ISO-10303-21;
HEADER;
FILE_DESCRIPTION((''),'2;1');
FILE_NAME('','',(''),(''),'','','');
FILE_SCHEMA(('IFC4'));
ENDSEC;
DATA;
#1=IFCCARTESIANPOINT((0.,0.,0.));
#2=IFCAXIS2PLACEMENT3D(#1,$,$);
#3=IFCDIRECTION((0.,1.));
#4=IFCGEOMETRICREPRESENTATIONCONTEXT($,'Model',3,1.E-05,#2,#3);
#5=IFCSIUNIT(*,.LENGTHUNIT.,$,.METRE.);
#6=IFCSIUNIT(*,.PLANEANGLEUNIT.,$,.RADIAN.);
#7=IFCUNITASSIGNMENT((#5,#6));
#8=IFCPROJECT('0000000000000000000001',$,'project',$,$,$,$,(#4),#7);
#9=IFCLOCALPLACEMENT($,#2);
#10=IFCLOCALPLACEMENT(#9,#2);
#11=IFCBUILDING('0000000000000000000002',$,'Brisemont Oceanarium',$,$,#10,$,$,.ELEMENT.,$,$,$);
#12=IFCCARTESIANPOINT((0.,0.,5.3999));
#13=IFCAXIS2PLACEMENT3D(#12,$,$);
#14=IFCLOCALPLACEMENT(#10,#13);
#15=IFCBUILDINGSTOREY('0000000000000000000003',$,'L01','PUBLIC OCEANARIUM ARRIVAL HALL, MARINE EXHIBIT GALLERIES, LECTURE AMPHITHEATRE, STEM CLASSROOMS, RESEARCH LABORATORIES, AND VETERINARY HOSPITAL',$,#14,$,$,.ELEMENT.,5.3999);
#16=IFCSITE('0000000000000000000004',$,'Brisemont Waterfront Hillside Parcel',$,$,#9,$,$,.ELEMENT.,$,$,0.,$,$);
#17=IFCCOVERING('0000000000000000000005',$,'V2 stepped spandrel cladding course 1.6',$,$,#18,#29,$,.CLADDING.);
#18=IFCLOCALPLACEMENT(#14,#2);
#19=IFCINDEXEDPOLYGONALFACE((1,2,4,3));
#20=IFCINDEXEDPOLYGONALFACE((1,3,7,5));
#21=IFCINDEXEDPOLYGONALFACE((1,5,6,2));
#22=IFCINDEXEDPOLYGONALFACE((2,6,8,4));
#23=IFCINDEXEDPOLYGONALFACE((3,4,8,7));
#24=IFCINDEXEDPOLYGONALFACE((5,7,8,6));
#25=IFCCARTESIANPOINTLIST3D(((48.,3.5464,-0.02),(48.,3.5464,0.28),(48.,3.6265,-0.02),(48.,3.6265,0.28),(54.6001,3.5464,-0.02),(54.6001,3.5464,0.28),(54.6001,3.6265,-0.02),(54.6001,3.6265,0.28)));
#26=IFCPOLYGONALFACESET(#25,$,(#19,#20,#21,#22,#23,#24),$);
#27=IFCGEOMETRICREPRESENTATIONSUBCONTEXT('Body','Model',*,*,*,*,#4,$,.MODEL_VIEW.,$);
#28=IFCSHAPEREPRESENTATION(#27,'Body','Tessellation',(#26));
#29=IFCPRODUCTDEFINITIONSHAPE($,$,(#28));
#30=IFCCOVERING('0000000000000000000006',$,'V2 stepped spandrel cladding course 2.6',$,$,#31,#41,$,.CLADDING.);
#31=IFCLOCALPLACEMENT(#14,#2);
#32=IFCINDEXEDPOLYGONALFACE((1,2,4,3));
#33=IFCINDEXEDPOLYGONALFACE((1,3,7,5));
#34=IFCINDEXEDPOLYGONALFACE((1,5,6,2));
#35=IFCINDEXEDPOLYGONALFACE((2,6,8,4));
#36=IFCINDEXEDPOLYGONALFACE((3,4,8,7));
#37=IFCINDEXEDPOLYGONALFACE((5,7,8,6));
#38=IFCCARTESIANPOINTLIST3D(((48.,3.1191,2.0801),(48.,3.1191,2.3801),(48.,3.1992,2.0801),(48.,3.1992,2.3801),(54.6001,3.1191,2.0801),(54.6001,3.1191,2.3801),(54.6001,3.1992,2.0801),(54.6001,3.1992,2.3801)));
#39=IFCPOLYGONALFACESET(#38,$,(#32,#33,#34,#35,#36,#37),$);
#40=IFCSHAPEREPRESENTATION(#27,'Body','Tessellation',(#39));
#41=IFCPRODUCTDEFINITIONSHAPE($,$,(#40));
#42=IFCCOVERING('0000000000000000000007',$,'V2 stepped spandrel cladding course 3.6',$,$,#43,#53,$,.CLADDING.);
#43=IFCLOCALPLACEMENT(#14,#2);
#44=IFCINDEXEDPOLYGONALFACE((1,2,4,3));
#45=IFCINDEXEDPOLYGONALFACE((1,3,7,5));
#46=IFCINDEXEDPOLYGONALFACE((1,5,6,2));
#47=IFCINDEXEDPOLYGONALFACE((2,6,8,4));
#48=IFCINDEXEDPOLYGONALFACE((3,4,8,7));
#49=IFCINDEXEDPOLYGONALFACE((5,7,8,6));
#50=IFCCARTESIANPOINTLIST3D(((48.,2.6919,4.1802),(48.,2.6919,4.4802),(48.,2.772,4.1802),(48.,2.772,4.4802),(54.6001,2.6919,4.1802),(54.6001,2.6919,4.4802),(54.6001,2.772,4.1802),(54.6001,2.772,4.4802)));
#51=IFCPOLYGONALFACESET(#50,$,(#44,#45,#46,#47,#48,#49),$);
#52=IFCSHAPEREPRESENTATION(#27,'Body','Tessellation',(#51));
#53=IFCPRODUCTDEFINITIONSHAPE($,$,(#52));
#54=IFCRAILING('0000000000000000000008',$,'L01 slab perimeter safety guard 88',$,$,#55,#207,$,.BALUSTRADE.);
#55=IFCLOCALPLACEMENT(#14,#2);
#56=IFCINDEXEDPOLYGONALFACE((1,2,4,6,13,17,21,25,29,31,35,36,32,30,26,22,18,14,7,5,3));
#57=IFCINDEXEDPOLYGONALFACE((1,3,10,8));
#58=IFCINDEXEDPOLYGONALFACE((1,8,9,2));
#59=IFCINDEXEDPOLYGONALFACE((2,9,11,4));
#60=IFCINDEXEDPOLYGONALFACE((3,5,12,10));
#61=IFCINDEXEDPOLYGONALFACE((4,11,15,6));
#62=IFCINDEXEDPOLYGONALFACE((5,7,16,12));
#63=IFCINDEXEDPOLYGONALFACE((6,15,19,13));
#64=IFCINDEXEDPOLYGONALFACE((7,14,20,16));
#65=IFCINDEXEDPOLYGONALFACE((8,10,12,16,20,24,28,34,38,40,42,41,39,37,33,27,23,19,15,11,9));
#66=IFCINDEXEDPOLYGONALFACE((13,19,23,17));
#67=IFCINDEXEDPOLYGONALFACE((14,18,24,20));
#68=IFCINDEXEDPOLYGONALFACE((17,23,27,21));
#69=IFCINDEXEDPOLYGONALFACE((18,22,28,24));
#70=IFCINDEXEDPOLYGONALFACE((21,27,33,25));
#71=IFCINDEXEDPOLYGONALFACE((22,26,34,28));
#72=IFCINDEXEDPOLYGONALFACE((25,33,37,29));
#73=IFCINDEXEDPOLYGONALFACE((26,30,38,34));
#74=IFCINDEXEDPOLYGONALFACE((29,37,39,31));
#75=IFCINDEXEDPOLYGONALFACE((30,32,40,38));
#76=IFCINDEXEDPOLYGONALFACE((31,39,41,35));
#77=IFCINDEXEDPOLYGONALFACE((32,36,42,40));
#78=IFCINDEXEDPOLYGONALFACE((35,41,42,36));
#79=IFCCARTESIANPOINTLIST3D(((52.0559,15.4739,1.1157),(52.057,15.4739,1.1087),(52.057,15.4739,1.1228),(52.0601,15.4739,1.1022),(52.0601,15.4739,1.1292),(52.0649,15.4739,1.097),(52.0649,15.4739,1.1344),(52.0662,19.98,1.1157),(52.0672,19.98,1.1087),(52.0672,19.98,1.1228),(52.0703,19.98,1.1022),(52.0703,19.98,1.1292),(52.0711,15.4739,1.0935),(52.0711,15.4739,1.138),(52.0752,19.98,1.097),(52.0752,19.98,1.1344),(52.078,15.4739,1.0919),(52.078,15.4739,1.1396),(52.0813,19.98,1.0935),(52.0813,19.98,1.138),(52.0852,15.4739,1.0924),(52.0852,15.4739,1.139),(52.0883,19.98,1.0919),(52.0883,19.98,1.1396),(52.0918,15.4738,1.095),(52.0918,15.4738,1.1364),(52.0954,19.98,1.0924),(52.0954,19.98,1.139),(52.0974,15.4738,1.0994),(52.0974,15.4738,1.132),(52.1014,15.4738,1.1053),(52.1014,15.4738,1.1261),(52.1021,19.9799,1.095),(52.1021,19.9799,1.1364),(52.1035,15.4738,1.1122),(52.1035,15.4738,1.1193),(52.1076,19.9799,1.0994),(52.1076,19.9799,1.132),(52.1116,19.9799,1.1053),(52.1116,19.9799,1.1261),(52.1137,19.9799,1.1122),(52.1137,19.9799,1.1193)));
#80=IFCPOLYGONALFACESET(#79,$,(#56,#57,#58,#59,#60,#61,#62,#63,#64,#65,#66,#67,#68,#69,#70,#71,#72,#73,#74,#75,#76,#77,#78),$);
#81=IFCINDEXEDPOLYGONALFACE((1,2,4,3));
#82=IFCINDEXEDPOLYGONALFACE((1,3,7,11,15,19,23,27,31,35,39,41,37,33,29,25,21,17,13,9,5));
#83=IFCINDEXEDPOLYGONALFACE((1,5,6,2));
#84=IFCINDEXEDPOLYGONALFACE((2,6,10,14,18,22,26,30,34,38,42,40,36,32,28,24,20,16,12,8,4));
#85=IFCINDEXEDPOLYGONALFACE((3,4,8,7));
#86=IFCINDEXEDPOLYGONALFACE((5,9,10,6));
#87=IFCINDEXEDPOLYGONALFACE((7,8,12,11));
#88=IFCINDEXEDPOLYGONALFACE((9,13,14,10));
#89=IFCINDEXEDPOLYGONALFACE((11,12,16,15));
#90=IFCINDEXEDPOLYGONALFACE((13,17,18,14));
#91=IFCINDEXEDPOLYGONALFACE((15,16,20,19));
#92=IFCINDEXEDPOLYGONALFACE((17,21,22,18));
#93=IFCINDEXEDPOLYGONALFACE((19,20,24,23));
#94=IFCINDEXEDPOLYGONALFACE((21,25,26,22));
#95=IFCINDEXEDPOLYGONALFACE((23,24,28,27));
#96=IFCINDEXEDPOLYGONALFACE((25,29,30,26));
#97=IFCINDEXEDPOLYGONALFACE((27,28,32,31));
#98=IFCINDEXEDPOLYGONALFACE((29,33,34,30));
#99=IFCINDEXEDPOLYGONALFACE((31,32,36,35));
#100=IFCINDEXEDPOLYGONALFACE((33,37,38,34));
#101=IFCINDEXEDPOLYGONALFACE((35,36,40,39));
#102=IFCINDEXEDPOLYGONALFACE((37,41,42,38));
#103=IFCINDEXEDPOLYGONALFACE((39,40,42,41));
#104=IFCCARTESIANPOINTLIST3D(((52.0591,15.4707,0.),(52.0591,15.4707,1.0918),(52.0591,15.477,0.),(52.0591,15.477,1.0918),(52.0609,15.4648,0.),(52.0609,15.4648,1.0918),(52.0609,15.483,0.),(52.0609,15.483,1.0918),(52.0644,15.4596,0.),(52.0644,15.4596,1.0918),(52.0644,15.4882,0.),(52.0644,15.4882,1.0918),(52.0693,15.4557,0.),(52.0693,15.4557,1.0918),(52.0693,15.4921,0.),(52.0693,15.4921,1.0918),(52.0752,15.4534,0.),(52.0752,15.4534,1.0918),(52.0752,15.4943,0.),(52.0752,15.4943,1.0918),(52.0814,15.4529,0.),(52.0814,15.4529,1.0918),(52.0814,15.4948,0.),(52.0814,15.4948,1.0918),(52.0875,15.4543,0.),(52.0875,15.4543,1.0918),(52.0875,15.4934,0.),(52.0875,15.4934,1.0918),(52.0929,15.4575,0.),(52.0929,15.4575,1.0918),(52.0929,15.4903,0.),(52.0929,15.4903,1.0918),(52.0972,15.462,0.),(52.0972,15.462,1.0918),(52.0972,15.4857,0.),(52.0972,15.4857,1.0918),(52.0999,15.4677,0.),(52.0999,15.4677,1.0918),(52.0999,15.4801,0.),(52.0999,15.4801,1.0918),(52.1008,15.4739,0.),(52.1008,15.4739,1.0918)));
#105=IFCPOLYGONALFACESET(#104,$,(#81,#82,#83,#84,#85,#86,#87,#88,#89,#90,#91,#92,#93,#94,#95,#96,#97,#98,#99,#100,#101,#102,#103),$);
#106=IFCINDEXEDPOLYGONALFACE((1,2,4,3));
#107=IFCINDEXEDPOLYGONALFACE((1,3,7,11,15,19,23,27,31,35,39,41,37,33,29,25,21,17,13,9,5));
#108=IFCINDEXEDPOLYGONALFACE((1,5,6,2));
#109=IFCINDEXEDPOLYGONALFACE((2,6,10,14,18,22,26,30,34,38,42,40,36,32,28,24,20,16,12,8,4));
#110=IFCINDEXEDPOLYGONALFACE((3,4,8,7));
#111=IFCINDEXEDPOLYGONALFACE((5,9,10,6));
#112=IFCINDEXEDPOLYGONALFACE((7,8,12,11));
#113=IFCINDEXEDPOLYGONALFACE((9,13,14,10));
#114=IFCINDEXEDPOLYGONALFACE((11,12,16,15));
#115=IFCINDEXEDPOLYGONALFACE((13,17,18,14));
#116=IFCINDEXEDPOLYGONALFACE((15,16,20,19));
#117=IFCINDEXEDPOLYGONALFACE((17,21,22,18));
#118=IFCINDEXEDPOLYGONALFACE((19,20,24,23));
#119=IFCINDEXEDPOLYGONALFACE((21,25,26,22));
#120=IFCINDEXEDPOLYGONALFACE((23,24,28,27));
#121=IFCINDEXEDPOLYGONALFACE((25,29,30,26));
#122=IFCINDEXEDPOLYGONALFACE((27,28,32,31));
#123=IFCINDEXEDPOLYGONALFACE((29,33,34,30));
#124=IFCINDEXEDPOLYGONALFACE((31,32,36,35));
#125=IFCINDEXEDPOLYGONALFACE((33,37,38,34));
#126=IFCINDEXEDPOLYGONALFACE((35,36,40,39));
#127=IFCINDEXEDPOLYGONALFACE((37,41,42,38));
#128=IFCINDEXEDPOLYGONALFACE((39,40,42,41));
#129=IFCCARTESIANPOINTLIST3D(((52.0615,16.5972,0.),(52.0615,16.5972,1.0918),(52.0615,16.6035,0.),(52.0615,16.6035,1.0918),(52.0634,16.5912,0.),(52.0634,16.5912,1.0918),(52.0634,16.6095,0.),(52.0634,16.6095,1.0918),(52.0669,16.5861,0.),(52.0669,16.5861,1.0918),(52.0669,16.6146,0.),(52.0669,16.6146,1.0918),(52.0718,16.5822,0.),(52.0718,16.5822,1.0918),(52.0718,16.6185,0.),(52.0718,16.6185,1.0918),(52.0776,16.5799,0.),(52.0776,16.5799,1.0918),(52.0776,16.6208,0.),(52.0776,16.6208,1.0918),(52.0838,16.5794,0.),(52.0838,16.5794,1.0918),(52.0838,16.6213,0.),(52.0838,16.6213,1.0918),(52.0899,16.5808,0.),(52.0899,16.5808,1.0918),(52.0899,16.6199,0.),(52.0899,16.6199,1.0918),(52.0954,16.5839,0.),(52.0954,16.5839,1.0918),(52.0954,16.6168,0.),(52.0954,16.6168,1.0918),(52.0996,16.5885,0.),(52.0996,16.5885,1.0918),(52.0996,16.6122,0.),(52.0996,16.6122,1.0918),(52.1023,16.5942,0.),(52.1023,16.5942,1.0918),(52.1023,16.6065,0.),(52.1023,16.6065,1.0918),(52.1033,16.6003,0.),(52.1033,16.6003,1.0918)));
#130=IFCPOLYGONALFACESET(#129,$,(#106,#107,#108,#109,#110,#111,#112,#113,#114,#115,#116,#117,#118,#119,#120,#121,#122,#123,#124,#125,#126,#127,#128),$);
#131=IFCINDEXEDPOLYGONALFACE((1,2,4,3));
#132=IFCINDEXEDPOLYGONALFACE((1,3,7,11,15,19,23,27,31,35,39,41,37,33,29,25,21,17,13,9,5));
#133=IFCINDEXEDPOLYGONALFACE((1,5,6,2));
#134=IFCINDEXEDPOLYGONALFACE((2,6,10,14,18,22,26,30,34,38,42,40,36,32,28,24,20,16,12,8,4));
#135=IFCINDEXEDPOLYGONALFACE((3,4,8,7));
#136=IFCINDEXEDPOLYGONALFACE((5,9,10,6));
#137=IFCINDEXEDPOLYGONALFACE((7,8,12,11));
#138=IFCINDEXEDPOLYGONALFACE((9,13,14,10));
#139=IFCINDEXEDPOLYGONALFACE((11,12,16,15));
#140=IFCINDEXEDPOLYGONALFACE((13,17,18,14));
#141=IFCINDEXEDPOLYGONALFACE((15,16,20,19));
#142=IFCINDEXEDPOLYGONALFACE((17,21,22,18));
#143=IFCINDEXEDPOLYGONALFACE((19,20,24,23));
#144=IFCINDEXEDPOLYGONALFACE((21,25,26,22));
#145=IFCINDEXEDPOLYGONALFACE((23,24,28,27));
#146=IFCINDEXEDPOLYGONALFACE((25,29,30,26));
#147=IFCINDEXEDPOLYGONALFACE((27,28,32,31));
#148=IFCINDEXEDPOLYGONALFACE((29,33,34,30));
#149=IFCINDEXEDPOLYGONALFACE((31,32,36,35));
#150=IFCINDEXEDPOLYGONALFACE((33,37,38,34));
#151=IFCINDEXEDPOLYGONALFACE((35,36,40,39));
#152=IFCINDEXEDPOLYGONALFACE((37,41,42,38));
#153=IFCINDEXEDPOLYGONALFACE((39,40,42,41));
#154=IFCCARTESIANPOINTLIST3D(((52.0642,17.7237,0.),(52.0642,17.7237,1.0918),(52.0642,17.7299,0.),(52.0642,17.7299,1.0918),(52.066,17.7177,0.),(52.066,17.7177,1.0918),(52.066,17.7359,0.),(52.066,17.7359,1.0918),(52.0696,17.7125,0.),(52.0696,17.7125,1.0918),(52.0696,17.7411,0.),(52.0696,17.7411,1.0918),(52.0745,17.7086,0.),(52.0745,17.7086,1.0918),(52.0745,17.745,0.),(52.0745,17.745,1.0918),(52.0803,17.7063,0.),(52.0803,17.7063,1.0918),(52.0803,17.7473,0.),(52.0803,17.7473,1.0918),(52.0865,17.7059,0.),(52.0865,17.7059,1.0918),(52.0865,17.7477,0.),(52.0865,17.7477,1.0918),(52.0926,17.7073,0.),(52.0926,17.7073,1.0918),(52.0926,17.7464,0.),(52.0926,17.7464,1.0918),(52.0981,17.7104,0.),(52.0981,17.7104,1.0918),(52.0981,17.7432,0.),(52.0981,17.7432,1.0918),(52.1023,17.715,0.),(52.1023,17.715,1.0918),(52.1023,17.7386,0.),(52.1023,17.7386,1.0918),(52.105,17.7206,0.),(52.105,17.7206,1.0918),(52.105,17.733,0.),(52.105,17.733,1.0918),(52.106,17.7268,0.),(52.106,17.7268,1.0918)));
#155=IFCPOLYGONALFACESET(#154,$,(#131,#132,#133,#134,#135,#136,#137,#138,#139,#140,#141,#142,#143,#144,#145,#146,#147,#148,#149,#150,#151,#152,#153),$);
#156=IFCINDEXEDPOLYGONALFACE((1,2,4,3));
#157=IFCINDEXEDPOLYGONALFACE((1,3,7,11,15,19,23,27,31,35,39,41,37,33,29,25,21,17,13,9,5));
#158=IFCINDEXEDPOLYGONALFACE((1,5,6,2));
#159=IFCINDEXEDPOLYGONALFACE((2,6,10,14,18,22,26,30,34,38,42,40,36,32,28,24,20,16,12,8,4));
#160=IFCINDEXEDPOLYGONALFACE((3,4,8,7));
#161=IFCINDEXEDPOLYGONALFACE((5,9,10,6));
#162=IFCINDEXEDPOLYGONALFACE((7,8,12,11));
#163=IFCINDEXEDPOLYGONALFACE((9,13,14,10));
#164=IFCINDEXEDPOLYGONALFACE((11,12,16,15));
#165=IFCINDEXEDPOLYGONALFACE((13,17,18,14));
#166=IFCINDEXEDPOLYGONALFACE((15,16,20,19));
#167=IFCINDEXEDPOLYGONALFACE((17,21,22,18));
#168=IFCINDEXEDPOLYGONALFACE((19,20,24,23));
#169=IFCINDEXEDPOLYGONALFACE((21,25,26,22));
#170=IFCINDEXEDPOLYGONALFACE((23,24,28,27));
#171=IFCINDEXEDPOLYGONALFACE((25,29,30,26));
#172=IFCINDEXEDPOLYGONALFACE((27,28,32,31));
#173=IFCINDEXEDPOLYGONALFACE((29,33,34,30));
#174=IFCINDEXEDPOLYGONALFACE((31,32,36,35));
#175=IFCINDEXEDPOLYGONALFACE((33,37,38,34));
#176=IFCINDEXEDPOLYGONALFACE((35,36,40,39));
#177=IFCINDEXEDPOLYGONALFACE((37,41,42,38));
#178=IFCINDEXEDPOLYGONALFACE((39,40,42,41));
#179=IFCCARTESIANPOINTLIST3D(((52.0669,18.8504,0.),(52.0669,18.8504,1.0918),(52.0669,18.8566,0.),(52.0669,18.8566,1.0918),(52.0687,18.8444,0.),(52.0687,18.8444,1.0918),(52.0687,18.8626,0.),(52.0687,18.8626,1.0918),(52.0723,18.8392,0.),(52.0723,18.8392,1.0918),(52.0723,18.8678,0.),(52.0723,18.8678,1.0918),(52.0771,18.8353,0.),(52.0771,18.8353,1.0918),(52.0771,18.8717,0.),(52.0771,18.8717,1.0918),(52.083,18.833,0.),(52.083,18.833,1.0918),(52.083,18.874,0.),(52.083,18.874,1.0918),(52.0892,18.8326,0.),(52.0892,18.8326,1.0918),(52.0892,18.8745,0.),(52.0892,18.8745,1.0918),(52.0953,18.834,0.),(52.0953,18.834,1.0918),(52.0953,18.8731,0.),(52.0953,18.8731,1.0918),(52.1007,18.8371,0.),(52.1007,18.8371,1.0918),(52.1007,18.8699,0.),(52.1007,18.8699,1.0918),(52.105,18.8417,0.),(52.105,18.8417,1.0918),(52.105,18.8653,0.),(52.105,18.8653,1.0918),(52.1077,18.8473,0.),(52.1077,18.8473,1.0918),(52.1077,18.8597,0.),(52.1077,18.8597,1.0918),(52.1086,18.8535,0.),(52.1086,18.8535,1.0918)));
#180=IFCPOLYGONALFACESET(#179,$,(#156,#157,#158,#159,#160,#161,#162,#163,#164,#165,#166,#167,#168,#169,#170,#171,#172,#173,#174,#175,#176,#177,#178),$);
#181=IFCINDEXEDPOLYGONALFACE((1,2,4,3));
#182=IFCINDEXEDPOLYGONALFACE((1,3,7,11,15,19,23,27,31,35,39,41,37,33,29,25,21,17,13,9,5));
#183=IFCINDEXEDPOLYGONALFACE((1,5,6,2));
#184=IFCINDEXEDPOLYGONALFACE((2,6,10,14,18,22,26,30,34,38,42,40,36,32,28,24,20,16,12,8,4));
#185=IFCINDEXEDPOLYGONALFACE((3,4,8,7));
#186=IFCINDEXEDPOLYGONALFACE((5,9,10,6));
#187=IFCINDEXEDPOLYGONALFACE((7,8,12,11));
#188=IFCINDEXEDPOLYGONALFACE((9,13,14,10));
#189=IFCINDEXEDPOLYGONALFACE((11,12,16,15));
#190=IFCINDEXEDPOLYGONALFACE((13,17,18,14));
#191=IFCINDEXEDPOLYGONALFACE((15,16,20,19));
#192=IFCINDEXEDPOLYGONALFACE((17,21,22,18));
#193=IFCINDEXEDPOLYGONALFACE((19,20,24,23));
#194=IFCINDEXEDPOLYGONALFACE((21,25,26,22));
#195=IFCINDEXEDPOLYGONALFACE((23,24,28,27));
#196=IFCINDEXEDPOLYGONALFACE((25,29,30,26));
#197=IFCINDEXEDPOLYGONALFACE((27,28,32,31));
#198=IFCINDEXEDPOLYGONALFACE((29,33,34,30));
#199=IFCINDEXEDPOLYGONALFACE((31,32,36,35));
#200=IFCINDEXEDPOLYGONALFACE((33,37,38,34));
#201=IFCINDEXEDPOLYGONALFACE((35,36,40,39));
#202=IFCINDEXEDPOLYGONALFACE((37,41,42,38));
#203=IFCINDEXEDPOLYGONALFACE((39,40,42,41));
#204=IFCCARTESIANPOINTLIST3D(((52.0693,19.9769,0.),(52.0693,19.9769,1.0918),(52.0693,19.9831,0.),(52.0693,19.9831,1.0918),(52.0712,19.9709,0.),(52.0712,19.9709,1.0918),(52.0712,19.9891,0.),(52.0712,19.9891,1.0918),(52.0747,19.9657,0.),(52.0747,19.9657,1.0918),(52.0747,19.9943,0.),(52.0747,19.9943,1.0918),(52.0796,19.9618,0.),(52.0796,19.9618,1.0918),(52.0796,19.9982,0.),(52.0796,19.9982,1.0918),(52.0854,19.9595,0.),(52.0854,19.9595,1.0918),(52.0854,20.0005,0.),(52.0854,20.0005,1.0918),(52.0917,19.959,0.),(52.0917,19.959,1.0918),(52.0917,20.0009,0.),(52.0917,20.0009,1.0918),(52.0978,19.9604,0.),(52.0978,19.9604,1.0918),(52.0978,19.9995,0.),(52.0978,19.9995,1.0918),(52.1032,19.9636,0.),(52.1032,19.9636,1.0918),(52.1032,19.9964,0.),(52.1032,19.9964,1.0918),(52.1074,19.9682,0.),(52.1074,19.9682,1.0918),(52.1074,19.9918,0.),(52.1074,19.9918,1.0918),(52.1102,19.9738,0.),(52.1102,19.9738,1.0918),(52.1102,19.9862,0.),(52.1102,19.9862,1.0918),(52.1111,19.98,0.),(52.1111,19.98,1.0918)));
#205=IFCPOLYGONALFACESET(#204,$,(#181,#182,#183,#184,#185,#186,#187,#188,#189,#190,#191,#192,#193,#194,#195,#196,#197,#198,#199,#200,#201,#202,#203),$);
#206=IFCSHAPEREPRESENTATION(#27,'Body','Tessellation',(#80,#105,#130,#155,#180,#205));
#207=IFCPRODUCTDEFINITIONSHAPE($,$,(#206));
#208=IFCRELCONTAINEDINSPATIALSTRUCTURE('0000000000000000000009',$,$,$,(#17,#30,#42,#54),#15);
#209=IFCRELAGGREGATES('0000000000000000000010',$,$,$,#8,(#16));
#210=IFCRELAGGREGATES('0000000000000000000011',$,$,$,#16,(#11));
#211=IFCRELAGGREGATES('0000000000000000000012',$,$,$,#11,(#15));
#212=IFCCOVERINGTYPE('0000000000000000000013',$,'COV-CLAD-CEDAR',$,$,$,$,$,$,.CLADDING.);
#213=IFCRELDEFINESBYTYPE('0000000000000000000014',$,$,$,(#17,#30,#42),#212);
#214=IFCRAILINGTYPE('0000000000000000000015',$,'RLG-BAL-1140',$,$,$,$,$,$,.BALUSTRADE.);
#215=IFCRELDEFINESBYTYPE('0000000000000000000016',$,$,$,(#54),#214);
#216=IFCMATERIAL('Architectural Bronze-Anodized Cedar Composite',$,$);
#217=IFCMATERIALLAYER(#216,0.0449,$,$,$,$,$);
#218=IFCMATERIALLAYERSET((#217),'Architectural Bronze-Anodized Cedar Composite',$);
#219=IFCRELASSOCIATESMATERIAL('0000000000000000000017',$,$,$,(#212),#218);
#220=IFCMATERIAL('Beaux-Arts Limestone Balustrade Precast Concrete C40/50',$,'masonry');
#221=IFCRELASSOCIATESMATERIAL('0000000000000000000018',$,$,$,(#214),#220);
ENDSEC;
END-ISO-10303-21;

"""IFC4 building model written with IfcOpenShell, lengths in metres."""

from ifc_helpers import new_model, si_unit, direction, frame, origin, origin_2d, place, context, subcontext, project, spatial, rectangle, circle, extrude, material, layer, layer_set, type_object, element, save


model = new_model("IFC4")

# Units and contexts
model_context = context("Model", 3, precision=1e-05, world=origin(), true_north=direction((0.0, 1.0)))
body_context = subcontext(model_context, "Body", "Model", "MODEL_VIEW")
ifc_project = project(units=[si_unit("LENGTHUNIT", "METRE"), si_unit("PLANEANGLEUNIT", "RADIAN")], contexts=[model_context])

# Site, building, storey
site_placement = place(None, origin())
site = spatial("IfcSite", under=ifc_project, at=site_placement, Name="Brisemont Waterfront Hillside Parcel", CompositionType="ELEMENT", RefElevation=0.0)
building_placement = place(site_placement, origin())
building = spatial("IfcBuilding", under=site, at=building_placement, Name="Brisemont Oceanarium", CompositionType="ELEMENT")
storey_placement = place(building_placement, frame((0.0, 0.0, 5.3999)))
storey = spatial("IfcBuildingStorey", under=building, at=storey_placement, Name="L01", Description="PUBLIC OCEANARIUM ARRIVAL HALL, MARINE EXHIBIT GALLERIES, LECTURE AMPHITHEATRE, STEM CLASSROOMS, RESEARCH LABORATORIES, AND VETERINARY HOSPITAL", CompositionType="ELEMENT", Elevation=5.3999)

# Coverings
ifc_material_1 = material(Name="Architectural Bronze-Anodized Cedar Composite")
ifc_layer_1 = layer(ifc_material_1, 0.0449)
ifc_layer_set_1 = layer_set([ifc_layer_1], Name="Architectural Bronze-Anodized Cedar Composite")
covering_type = type_object("IfcCoveringType", Name="COV-CLAD-CEDAR", PredefinedType="CLADDING", material=ifc_layer_set_1)
for number, where, z_axis, x_axis, name in (
    (1, (51.3, 3.5864, -0.02), (0.0, 0.0, 1.0), (1.0, 0.0, 0.0), "V2 stepped spandrel cladding course 1.6"),
    (2, (51.3, 3.1592, 2.0801), (0.0, 0.0, 1.0), (1.0, 0.0, 0.0), "V2 stepped spandrel cladding course 2.6"),
    (3, (51.3, 2.7319, 4.1802), (0.0, 0.0, 1.0), (1.0, 0.0, 0.0), "V2 stepped spandrel cladding course 3.6"),
):
    element("IfcCovering", number, at=place(storey_placement, frame(where, z_axis=z_axis, x_axis=x_axis)), inside=storey, type_object=covering_type, Name=name, PredefinedType="CLADDING", context=body_context, shape_type="SweptSolid", body=[
        extrude(rectangle(XDim=6.6001, YDim=0.0801, at=origin_2d()), origin(), (0.0, 0.0, 1.0), 0.3),
    ])

# Railing
ifc_material_2 = material(Name="Beaux-Arts Limestone Balustrade Precast Concrete C40/50", Category="masonry")
railing_type_1 = type_object("IfcRailingType", Name="RLG-BAL-1140", PredefinedType="BALUSTRADE", material=ifc_material_2)
railing_1_placement = place(storey_placement, frame((52.0798, 15.4739, 0.0)))
element("IfcRailing", 4, at=railing_1_placement, inside=storey, type_object=railing_type_1, Name="L01 slab perimeter safety guard 88", PredefinedType="BALUSTRADE", context=body_context, shape_type="SweptSolid", body=[
    extrude(circle(Radius=0.0239, at=origin_2d()), frame((0.0, 0.0, 1.1157), z_axis=(0.002276, 0.999997, 0.0), x_axis=(-0.999997, 0.002276, 0.0)), (0.0, 0.0, 1.0), 4.5061),
    extrude(circle(Radius=0.021, at=origin_2d()), origin(), (0.0, 0.0, 1.0), 1.0918),
    extrude(circle(Radius=0.021, at=origin_2d()), frame((0.0024, 1.1265, 0.0)), (0.0, 0.0, 1.0), 1.0918),
    extrude(circle(Radius=0.021, at=origin_2d()), frame((0.0051, 2.2529, 0.0)), (0.0, 0.0, 1.0), 1.0918),
    extrude(circle(Radius=0.021, at=origin_2d()), frame((0.0078, 3.3796, 0.0)), (0.0, 0.0, 1.0), 1.0918),
    extrude(circle(Radius=0.021, at=origin_2d()), frame((0.0103, 4.5061, 0.0)), (0.0, 0.0, 1.0), 1.0918),
])

save(model, "model.ifc")
